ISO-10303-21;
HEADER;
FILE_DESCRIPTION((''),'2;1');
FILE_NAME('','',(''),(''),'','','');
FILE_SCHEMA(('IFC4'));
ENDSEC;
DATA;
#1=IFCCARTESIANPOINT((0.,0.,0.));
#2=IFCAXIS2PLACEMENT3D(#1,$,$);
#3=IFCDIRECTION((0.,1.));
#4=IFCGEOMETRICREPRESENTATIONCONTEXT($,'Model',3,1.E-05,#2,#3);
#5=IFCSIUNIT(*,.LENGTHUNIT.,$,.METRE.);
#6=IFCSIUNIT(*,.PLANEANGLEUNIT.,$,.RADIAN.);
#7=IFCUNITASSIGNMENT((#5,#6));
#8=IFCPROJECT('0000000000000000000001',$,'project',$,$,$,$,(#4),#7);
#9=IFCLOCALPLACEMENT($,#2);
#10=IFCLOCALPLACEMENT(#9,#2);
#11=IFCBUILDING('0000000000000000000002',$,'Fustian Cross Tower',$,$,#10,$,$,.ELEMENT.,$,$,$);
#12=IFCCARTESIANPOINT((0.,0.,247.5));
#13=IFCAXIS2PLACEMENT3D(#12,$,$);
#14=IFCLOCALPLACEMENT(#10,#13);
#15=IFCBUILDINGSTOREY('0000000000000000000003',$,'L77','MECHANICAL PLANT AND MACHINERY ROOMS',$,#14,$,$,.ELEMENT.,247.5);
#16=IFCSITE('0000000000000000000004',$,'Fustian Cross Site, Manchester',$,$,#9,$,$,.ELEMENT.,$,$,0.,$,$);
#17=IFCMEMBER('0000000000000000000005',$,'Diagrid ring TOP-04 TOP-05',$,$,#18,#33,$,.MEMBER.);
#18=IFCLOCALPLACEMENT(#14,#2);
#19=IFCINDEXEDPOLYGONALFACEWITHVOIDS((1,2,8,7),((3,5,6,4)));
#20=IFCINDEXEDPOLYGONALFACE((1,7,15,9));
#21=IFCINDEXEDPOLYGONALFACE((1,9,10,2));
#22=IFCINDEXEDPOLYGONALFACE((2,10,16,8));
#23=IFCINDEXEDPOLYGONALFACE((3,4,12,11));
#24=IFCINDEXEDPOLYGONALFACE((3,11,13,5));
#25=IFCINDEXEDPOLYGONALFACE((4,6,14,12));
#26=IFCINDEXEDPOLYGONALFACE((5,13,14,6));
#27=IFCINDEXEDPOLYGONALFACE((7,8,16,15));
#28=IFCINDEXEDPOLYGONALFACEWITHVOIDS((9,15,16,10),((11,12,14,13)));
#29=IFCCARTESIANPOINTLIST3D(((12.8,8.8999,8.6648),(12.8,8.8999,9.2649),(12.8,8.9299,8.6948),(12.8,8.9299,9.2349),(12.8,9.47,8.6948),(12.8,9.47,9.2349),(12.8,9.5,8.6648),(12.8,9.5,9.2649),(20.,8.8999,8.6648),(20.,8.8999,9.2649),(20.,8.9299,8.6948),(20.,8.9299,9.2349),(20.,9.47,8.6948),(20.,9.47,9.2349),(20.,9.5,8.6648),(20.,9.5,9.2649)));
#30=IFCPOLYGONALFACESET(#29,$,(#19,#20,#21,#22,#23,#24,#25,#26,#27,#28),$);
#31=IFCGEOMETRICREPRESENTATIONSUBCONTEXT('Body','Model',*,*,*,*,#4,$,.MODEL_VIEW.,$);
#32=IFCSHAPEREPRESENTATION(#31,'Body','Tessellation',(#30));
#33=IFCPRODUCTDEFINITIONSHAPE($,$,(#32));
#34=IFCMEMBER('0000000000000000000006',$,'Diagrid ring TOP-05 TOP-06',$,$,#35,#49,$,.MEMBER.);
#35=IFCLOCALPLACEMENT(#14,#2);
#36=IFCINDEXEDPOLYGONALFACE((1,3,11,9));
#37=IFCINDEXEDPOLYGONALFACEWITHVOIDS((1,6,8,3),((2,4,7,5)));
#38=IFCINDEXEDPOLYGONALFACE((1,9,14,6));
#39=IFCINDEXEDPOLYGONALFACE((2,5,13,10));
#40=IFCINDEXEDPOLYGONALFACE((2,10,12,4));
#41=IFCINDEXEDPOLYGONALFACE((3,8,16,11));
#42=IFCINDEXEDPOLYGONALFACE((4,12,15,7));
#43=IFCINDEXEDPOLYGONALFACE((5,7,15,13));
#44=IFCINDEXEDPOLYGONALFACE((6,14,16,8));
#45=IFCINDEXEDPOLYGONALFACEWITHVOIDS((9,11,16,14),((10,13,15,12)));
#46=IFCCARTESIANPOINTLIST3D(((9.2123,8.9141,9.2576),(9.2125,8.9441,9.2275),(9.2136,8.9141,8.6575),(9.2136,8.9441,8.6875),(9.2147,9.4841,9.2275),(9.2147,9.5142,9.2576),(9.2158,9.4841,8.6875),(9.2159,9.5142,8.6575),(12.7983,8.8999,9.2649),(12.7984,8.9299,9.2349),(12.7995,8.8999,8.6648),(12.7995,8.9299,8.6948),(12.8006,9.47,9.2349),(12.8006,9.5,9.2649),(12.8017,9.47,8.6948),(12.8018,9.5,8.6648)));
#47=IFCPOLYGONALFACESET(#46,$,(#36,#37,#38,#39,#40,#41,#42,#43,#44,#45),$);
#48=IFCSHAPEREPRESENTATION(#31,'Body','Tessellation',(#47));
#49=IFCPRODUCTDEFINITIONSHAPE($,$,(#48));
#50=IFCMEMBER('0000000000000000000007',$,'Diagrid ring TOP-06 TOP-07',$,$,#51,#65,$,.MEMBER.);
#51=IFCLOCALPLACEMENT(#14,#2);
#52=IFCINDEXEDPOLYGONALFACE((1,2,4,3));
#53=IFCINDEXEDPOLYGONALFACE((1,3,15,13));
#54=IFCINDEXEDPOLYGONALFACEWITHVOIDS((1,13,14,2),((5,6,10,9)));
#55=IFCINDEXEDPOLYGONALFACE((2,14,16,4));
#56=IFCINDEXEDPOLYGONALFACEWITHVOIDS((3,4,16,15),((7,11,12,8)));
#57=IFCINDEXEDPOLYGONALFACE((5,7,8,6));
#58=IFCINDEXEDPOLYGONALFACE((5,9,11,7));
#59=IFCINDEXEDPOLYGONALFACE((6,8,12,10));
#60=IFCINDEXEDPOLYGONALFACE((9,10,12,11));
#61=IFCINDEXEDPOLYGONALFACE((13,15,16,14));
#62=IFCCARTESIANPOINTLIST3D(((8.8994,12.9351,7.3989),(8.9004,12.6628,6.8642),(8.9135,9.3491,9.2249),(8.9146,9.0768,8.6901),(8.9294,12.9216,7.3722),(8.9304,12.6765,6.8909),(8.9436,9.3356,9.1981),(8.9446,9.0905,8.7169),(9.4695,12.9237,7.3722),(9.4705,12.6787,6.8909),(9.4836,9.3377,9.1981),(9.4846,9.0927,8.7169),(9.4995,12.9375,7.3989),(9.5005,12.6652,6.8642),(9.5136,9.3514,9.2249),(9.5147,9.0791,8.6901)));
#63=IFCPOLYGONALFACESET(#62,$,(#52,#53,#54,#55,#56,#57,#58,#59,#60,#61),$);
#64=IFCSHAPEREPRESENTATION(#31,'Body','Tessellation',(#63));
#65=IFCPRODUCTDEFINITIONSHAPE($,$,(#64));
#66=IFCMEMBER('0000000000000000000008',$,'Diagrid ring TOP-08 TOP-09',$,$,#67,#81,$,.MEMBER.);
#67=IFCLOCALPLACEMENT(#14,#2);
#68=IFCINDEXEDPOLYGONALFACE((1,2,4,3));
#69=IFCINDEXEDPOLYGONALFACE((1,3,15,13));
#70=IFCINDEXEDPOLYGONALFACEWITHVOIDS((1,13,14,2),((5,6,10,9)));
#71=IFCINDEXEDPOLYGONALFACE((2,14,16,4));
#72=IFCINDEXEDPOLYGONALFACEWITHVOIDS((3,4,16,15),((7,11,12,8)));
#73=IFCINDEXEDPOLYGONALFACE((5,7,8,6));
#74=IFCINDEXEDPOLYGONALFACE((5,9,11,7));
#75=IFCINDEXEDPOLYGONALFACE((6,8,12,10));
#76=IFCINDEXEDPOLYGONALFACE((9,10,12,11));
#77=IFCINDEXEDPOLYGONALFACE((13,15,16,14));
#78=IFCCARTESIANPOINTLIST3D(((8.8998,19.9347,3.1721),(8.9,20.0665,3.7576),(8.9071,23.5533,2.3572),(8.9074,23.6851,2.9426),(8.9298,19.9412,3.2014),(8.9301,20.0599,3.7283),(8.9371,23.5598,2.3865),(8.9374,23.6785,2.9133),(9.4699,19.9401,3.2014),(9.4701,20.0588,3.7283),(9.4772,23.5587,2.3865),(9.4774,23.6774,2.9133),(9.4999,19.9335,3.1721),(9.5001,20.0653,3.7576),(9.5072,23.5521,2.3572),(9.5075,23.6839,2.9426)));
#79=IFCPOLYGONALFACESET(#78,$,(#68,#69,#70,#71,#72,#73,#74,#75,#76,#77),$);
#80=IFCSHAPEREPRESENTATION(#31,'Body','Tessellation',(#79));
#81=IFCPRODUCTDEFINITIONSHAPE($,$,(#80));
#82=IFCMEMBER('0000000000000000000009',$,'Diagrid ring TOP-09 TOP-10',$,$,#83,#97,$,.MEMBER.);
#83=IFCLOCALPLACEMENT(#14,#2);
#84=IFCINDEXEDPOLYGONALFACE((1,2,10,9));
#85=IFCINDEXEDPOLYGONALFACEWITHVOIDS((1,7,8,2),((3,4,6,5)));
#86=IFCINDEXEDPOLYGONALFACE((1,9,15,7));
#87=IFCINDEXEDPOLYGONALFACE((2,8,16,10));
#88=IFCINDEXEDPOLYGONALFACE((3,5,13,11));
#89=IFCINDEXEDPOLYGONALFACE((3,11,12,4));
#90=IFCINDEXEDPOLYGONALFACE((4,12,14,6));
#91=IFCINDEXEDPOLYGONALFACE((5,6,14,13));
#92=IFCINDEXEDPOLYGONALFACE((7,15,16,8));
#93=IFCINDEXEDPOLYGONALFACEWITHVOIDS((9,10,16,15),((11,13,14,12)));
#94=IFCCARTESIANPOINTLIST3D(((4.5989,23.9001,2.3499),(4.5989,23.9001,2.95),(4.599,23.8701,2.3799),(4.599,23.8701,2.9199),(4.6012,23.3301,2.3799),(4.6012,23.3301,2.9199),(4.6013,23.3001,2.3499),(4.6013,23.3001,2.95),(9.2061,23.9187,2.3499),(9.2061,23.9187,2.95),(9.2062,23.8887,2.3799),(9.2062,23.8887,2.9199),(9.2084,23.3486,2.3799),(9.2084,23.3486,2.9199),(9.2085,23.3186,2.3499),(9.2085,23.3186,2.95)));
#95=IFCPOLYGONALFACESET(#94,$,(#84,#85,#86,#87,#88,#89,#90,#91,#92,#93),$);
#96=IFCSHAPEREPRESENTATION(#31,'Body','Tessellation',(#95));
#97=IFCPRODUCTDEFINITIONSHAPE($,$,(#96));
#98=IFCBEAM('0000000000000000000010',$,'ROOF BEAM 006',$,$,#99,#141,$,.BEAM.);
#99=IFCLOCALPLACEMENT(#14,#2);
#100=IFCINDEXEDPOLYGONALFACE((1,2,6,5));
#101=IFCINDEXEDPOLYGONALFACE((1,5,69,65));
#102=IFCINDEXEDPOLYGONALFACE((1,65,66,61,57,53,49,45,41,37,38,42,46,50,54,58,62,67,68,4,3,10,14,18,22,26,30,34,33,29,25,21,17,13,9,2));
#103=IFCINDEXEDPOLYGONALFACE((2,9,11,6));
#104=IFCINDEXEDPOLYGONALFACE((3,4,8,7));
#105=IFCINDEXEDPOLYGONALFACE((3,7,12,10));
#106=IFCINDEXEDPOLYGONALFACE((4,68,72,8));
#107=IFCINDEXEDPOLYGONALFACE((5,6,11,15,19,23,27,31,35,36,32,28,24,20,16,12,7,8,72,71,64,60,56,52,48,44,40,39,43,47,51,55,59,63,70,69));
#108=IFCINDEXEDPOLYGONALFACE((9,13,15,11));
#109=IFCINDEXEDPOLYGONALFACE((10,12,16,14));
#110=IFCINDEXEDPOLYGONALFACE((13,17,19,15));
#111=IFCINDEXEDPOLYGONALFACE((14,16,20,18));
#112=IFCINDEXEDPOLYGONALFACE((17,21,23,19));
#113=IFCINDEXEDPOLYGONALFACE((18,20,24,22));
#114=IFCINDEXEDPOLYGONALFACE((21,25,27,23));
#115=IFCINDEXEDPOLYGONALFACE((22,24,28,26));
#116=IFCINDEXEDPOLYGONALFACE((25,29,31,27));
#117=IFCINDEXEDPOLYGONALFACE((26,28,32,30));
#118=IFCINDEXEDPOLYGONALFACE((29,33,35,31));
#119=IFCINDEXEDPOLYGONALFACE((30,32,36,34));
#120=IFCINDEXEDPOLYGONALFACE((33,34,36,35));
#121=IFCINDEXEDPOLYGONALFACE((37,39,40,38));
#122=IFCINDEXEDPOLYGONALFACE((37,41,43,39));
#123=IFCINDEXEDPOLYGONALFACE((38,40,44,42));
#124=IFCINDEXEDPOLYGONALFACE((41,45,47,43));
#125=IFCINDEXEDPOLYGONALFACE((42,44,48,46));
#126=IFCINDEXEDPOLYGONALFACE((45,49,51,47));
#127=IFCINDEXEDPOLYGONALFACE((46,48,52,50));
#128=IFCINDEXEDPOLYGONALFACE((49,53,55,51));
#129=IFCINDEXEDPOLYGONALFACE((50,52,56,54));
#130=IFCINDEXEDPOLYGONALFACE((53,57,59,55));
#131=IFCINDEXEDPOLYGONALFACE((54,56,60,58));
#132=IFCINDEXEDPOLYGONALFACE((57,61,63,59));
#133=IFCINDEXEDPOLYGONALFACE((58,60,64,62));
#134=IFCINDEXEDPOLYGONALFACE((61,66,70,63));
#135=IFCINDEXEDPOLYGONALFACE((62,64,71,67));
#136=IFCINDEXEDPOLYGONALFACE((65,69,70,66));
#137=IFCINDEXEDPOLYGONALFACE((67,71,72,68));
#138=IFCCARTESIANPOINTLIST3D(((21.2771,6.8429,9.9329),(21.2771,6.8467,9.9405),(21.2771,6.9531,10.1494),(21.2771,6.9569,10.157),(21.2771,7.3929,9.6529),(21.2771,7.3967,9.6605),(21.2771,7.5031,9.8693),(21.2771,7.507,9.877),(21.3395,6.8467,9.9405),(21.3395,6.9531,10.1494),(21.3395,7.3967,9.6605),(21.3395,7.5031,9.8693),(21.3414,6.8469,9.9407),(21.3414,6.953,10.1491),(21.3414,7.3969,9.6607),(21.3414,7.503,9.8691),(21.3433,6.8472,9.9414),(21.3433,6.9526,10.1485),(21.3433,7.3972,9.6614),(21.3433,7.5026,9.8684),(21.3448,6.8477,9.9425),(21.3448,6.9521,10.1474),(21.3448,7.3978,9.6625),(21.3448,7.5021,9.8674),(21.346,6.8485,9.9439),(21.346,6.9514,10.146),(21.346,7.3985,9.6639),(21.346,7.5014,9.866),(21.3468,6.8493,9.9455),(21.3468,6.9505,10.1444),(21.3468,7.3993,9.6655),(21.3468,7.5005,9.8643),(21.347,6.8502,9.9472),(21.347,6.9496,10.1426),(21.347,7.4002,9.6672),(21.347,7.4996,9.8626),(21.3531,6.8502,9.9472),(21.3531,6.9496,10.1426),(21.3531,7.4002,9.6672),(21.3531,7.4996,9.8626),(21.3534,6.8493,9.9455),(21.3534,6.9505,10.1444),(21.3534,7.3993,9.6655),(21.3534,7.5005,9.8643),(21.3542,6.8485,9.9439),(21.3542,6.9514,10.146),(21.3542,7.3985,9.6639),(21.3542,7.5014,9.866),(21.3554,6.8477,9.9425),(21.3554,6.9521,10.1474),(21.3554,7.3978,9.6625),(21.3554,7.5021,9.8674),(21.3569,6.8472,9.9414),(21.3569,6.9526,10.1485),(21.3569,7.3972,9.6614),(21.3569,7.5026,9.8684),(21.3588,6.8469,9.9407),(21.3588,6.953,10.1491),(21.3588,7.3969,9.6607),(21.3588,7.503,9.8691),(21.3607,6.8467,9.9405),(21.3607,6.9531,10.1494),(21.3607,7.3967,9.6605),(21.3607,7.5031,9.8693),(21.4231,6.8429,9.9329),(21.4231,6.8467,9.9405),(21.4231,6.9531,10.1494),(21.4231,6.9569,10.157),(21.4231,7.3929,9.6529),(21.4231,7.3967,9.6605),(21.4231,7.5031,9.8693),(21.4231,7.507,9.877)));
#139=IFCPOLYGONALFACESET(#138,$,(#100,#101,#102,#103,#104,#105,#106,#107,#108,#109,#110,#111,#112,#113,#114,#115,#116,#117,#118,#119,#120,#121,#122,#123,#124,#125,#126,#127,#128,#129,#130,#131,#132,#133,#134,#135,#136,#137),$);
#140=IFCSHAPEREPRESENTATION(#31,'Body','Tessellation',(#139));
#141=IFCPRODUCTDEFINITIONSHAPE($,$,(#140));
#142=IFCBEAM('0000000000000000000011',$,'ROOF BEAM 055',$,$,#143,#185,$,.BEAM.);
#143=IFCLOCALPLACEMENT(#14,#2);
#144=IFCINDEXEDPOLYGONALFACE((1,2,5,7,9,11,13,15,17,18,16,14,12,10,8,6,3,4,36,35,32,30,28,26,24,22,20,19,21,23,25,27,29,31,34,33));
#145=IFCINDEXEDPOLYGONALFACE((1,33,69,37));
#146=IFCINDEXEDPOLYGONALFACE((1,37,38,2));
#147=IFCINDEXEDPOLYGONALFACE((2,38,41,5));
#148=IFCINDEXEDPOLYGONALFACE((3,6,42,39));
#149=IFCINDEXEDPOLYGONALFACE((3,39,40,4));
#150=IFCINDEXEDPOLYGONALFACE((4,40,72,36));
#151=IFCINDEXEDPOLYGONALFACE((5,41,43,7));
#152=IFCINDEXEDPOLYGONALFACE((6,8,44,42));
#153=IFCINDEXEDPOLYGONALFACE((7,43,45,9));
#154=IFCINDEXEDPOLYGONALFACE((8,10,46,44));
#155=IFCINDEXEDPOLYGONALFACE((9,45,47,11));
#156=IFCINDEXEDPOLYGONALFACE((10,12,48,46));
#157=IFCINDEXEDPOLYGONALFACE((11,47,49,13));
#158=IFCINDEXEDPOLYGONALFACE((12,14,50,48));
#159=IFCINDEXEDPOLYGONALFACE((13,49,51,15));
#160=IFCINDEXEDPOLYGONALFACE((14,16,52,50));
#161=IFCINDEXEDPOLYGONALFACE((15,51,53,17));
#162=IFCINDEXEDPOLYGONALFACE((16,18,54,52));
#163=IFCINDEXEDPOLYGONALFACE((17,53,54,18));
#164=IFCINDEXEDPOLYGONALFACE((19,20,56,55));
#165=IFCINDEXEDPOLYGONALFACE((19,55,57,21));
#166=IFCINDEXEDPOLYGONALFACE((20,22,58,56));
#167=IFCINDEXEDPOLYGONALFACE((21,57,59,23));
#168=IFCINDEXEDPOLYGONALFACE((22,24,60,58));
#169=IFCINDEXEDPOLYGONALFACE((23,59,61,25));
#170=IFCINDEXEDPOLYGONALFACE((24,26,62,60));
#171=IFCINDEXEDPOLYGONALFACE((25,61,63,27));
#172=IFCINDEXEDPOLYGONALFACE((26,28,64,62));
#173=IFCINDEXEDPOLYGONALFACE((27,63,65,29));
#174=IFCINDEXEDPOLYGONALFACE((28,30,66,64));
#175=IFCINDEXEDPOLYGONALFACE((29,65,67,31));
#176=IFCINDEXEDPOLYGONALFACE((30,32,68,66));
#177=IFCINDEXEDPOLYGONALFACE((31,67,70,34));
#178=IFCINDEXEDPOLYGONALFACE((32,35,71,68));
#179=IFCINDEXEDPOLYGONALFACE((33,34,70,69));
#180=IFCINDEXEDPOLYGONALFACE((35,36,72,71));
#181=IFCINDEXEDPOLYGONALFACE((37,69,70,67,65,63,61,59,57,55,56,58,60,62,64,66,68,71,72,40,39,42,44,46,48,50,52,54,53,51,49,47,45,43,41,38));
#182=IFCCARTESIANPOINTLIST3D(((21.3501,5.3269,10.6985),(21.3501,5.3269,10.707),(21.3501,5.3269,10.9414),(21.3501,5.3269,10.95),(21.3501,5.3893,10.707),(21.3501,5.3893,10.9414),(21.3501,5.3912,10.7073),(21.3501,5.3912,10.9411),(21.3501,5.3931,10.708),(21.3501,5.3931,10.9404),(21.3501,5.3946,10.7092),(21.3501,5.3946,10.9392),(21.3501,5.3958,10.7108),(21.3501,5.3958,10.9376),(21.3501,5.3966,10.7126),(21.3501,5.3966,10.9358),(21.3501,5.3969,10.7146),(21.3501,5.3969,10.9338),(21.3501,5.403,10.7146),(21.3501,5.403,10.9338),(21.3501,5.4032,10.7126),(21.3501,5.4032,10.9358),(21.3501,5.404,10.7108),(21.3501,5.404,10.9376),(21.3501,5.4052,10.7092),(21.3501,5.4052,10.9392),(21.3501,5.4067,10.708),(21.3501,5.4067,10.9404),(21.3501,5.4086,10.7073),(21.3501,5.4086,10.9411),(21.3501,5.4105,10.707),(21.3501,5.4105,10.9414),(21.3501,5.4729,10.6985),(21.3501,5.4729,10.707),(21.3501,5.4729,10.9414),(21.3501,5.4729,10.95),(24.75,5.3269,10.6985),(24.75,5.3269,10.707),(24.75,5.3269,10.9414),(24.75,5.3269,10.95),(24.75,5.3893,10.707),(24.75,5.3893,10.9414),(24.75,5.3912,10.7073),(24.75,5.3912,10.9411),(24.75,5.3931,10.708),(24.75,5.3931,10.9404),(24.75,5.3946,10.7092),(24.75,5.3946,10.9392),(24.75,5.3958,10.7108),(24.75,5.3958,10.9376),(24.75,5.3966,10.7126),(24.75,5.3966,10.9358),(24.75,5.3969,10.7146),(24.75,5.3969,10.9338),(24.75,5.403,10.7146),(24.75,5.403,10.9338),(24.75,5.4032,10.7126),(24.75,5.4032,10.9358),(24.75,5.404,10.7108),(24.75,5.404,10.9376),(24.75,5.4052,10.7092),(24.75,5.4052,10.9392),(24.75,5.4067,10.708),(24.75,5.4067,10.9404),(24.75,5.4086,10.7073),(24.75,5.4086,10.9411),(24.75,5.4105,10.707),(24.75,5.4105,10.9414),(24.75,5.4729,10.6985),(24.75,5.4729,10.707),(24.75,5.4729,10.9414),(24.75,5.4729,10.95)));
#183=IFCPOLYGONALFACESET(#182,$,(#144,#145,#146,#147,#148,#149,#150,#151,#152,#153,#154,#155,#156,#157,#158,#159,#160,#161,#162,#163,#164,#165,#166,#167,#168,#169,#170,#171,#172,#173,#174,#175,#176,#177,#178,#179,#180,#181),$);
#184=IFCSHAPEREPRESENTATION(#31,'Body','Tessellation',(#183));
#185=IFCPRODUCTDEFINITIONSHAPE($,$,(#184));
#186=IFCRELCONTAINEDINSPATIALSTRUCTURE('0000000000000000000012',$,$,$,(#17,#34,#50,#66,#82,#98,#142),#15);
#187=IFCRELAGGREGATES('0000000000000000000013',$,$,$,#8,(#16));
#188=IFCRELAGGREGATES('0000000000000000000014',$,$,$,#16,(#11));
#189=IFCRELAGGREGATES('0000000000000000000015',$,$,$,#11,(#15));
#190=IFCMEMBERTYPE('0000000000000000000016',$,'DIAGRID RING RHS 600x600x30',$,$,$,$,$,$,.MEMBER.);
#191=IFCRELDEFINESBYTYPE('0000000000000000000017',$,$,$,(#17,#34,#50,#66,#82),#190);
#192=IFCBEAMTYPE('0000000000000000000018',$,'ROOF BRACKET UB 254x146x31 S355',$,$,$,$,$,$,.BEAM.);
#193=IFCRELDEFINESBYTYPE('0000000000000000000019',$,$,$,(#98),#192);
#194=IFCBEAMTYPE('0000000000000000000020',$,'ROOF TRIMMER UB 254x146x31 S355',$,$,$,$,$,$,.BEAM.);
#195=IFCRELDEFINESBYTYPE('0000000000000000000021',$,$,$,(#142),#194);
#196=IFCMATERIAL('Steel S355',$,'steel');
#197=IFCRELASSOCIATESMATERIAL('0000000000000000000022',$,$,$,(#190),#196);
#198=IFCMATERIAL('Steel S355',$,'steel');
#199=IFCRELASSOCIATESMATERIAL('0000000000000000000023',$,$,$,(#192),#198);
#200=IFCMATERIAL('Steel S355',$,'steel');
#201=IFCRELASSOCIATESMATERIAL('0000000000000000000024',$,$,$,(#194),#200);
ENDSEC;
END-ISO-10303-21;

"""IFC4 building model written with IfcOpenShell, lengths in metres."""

from ifc_helpers import new_model, si_unit, direction, frame, origin, origin_2d, place, context, subcontext, project, spatial, hollow_rectangle, i_section, extrude, material, material_profile, profile_set, type_object, element, save


model = new_model("IFC4")

# Units and contexts
model_context = context("Model", 3, precision=1e-05, world=origin(), true_north=direction((0.0, 1.0)))
body_context = subcontext(model_context, "Body", "Model", "MODEL_VIEW")
ifc_project = project(units=[si_unit("LENGTHUNIT", "METRE"), si_unit("PLANEANGLEUNIT", "RADIAN")], contexts=[model_context])

# Site, building, storey
site_placement = place(None, origin())
site = spatial("IfcSite", under=ifc_project, at=site_placement, Name="Fustian Cross Site, Manchester", CompositionType="ELEMENT", RefElevation=0.0)
building_placement = place(site_placement, origin())
building = spatial("IfcBuilding", under=site, at=building_placement, Name="Fustian Cross Tower", CompositionType="ELEMENT")
storey_placement = place(building_placement, frame((0.0, 0.0, 247.5)))
storey = spatial("IfcBuildingStorey", under=building, at=storey_placement, Name="L77", Description="MECHANICAL PLANT AND MACHINERY ROOMS", CompositionType="ELEMENT", Elevation=247.5)

# Members
ifc_material_1 = material(Name="Steel S355", Category="steel")
ifc_material_profile_1 = material_profile(ifc_material_1, hollow_rectangle(XDim=0.6001, YDim=0.6001, WallThickness=0.03, at=origin_2d()), Name="RHS 600x600x30")
ifc_profile_set_1 = profile_set([ifc_material_profile_1], Name="Steel S355")
member_type_1 = type_object("IfcMemberType", Name="DIAGRID RING RHS 600x600x30", PredefinedType="MEMBER", material=ifc_profile_set_1)
member_1_placement = place(storey_placement, frame((20.0, 9.2, 8.9648), z_axis=(-1.0, 0.0, 0.0), x_axis=(0.0, -1.0, 0.0)))
element("IfcMember", 1, at=member_1_placement, inside=storey, type_object=member_type_1, Name="Diagrid ring TOP-04 TOP-05", PredefinedType="MEMBER", context=body_context, shape_type="SweptSolid", body=[
    extrude(hollow_rectangle(XDim=0.6001, YDim=0.6001, WallThickness=0.03, at=origin_2d()), origin(), (0.0, 0.0, 1.0), 7.2),
])
member_2_placement = place(storey_placement, frame((12.8, 9.2, 8.9648), z_axis=(-0.99999, 0.003949, -0.002042), x_axis=(-0.003949, -0.999992, 0.0)))
element("IfcMember", 2, at=member_2_placement, inside=storey, type_object=member_type_1, Name="Diagrid ring TOP-05 TOP-06", PredefinedType="MEMBER", context=body_context, shape_type="SweptSolid", body=[
    extrude(hollow_rectangle(XDim=0.6001, YDim=0.6001, WallThickness=0.03, at=origin_2d()), origin(), (0.0, 0.0, 1.0), 3.5859),
])
member_3_placement = place(storey_placement, frame((9.2141, 9.2141, 8.9575), z_axis=(-0.003519, 0.891121, -0.453751), x_axis=(-0.999992, -0.003949, 0.0)))
element("IfcMember", 3, at=member_3_placement, inside=storey, type_object=member_type_1, Name="Diagrid ring TOP-06 TOP-07", PredefinedType="MEMBER", context=body_context, shape_type="SweptSolid", body=[
    extrude(hollow_rectangle(XDim=0.6001, YDim=0.6001, WallThickness=0.03, at=origin_2d()), origin(), (0.0, 0.0, 1.0), 4.0242),
])
member_4_placement = place(storey_placement, frame((9.2, 20.0, 3.4648), z_axis=(0.001975, 0.975565, -0.219703), x_axis=(-0.999998, 0.002024, 0.0)))
element("IfcMember", 4, at=member_4_placement, inside=storey, type_object=member_type_1, Name="Diagrid ring TOP-08 TOP-09", PredefinedType="MEMBER", context=body_context, shape_type="SweptSolid", body=[
    extrude(hollow_rectangle(XDim=0.6001, YDim=0.6001, WallThickness=0.03, at=origin_2d()), origin(), (0.0, 0.0, 1.0), 3.7092),
])
member_5_placement = place(storey_placement, frame((9.2073, 23.6187, 2.6499), z_axis=(-0.999992, -0.004027, 0.0), x_axis=(0.004027, -0.999992, 0.0)))
element("IfcMember", 5, at=member_5_placement, inside=storey, type_object=member_type_1, Name="Diagrid ring TOP-09 TOP-10", PredefinedType="MEMBER", context=body_context, shape_type="SweptSolid", body=[
    extrude(hollow_rectangle(XDim=0.6001, YDim=0.6001, WallThickness=0.03, at=origin_2d()), origin(), (0.0, 0.0, 1.0), 4.6072),
])

# Beams
ifc_material_2 = material(Name="Steel S355", Category="steel")
ifc_material_profile_2 = material_profile(ifc_material_2, i_section(OverallWidth=0.146, OverallDepth=0.2515, WebThickness=0.0061, FlangeThickness=0.0085, FilletRadius=0.0076, at=origin_2d()), Name="UB 254x146x31")
ifc_profile_set_2 = profile_set([ifc_material_profile_2], Name="Steel S355")
beam_type_1 = type_object("IfcBeamType", Name="ROOF BRACKET UB 254x146x31 S355", PredefinedType="BEAM", material=ifc_profile_set_2)
beam_1_placement = place(storey_placement, frame((21.3501, 6.8999, 10.0449), z_axis=(0.0, 0.89116, -0.453689), x_axis=(-1.0, 0.0, 0.0)))
element("IfcBeam", 6, at=beam_1_placement, inside=storey, type_object=beam_type_1, Name="ROOF BEAM 006", PredefinedType="BEAM", context=body_context, shape_type="SweptSolid", body=[
    extrude(i_section(OverallWidth=0.146, OverallDepth=0.2515, WebThickness=0.0061, FlangeThickness=0.0085, FilletRadius=0.0076, at=origin_2d()), origin(), (0.0, 0.0, 1.0), 0.6172),
])
ifc_material_3 = material(Name="Steel S355", Category="steel")
ifc_material_profile_3 = material_profile(ifc_material_3, i_section(OverallWidth=0.146, OverallDepth=0.2515, WebThickness=0.0061, FlangeThickness=0.0085, FilletRadius=0.0076, at=origin_2d()), Name="UB 254x146x31")
ifc_profile_set_3 = profile_set([ifc_material_profile_3], Name="Steel S355")
beam_type_2 = type_object("IfcBeamType", Name="ROOF TRIMMER UB 254x146x31 S355", PredefinedType="BEAM", material=ifc_profile_set_3)
beam_2_placement = place(storey_placement, frame((21.3501, 5.3999, 10.8242), z_axis=(1.0, 0.0, 0.0), x_axis=(0.0, 1.0, 0.0)))
element("IfcBeam", 7, at=beam_2_placement, inside=storey, type_object=beam_type_2, Name="ROOF BEAM 055", PredefinedType="BEAM", context=body_context, shape_type="SweptSolid", body=[
    extrude(i_section(OverallWidth=0.146, OverallDepth=0.2515, WebThickness=0.0061, FlangeThickness=0.0085, FilletRadius=0.0076, at=origin_2d()), origin(), (0.0, 0.0, 1.0), 3.3999),
])

save(model, "model.ifc")
